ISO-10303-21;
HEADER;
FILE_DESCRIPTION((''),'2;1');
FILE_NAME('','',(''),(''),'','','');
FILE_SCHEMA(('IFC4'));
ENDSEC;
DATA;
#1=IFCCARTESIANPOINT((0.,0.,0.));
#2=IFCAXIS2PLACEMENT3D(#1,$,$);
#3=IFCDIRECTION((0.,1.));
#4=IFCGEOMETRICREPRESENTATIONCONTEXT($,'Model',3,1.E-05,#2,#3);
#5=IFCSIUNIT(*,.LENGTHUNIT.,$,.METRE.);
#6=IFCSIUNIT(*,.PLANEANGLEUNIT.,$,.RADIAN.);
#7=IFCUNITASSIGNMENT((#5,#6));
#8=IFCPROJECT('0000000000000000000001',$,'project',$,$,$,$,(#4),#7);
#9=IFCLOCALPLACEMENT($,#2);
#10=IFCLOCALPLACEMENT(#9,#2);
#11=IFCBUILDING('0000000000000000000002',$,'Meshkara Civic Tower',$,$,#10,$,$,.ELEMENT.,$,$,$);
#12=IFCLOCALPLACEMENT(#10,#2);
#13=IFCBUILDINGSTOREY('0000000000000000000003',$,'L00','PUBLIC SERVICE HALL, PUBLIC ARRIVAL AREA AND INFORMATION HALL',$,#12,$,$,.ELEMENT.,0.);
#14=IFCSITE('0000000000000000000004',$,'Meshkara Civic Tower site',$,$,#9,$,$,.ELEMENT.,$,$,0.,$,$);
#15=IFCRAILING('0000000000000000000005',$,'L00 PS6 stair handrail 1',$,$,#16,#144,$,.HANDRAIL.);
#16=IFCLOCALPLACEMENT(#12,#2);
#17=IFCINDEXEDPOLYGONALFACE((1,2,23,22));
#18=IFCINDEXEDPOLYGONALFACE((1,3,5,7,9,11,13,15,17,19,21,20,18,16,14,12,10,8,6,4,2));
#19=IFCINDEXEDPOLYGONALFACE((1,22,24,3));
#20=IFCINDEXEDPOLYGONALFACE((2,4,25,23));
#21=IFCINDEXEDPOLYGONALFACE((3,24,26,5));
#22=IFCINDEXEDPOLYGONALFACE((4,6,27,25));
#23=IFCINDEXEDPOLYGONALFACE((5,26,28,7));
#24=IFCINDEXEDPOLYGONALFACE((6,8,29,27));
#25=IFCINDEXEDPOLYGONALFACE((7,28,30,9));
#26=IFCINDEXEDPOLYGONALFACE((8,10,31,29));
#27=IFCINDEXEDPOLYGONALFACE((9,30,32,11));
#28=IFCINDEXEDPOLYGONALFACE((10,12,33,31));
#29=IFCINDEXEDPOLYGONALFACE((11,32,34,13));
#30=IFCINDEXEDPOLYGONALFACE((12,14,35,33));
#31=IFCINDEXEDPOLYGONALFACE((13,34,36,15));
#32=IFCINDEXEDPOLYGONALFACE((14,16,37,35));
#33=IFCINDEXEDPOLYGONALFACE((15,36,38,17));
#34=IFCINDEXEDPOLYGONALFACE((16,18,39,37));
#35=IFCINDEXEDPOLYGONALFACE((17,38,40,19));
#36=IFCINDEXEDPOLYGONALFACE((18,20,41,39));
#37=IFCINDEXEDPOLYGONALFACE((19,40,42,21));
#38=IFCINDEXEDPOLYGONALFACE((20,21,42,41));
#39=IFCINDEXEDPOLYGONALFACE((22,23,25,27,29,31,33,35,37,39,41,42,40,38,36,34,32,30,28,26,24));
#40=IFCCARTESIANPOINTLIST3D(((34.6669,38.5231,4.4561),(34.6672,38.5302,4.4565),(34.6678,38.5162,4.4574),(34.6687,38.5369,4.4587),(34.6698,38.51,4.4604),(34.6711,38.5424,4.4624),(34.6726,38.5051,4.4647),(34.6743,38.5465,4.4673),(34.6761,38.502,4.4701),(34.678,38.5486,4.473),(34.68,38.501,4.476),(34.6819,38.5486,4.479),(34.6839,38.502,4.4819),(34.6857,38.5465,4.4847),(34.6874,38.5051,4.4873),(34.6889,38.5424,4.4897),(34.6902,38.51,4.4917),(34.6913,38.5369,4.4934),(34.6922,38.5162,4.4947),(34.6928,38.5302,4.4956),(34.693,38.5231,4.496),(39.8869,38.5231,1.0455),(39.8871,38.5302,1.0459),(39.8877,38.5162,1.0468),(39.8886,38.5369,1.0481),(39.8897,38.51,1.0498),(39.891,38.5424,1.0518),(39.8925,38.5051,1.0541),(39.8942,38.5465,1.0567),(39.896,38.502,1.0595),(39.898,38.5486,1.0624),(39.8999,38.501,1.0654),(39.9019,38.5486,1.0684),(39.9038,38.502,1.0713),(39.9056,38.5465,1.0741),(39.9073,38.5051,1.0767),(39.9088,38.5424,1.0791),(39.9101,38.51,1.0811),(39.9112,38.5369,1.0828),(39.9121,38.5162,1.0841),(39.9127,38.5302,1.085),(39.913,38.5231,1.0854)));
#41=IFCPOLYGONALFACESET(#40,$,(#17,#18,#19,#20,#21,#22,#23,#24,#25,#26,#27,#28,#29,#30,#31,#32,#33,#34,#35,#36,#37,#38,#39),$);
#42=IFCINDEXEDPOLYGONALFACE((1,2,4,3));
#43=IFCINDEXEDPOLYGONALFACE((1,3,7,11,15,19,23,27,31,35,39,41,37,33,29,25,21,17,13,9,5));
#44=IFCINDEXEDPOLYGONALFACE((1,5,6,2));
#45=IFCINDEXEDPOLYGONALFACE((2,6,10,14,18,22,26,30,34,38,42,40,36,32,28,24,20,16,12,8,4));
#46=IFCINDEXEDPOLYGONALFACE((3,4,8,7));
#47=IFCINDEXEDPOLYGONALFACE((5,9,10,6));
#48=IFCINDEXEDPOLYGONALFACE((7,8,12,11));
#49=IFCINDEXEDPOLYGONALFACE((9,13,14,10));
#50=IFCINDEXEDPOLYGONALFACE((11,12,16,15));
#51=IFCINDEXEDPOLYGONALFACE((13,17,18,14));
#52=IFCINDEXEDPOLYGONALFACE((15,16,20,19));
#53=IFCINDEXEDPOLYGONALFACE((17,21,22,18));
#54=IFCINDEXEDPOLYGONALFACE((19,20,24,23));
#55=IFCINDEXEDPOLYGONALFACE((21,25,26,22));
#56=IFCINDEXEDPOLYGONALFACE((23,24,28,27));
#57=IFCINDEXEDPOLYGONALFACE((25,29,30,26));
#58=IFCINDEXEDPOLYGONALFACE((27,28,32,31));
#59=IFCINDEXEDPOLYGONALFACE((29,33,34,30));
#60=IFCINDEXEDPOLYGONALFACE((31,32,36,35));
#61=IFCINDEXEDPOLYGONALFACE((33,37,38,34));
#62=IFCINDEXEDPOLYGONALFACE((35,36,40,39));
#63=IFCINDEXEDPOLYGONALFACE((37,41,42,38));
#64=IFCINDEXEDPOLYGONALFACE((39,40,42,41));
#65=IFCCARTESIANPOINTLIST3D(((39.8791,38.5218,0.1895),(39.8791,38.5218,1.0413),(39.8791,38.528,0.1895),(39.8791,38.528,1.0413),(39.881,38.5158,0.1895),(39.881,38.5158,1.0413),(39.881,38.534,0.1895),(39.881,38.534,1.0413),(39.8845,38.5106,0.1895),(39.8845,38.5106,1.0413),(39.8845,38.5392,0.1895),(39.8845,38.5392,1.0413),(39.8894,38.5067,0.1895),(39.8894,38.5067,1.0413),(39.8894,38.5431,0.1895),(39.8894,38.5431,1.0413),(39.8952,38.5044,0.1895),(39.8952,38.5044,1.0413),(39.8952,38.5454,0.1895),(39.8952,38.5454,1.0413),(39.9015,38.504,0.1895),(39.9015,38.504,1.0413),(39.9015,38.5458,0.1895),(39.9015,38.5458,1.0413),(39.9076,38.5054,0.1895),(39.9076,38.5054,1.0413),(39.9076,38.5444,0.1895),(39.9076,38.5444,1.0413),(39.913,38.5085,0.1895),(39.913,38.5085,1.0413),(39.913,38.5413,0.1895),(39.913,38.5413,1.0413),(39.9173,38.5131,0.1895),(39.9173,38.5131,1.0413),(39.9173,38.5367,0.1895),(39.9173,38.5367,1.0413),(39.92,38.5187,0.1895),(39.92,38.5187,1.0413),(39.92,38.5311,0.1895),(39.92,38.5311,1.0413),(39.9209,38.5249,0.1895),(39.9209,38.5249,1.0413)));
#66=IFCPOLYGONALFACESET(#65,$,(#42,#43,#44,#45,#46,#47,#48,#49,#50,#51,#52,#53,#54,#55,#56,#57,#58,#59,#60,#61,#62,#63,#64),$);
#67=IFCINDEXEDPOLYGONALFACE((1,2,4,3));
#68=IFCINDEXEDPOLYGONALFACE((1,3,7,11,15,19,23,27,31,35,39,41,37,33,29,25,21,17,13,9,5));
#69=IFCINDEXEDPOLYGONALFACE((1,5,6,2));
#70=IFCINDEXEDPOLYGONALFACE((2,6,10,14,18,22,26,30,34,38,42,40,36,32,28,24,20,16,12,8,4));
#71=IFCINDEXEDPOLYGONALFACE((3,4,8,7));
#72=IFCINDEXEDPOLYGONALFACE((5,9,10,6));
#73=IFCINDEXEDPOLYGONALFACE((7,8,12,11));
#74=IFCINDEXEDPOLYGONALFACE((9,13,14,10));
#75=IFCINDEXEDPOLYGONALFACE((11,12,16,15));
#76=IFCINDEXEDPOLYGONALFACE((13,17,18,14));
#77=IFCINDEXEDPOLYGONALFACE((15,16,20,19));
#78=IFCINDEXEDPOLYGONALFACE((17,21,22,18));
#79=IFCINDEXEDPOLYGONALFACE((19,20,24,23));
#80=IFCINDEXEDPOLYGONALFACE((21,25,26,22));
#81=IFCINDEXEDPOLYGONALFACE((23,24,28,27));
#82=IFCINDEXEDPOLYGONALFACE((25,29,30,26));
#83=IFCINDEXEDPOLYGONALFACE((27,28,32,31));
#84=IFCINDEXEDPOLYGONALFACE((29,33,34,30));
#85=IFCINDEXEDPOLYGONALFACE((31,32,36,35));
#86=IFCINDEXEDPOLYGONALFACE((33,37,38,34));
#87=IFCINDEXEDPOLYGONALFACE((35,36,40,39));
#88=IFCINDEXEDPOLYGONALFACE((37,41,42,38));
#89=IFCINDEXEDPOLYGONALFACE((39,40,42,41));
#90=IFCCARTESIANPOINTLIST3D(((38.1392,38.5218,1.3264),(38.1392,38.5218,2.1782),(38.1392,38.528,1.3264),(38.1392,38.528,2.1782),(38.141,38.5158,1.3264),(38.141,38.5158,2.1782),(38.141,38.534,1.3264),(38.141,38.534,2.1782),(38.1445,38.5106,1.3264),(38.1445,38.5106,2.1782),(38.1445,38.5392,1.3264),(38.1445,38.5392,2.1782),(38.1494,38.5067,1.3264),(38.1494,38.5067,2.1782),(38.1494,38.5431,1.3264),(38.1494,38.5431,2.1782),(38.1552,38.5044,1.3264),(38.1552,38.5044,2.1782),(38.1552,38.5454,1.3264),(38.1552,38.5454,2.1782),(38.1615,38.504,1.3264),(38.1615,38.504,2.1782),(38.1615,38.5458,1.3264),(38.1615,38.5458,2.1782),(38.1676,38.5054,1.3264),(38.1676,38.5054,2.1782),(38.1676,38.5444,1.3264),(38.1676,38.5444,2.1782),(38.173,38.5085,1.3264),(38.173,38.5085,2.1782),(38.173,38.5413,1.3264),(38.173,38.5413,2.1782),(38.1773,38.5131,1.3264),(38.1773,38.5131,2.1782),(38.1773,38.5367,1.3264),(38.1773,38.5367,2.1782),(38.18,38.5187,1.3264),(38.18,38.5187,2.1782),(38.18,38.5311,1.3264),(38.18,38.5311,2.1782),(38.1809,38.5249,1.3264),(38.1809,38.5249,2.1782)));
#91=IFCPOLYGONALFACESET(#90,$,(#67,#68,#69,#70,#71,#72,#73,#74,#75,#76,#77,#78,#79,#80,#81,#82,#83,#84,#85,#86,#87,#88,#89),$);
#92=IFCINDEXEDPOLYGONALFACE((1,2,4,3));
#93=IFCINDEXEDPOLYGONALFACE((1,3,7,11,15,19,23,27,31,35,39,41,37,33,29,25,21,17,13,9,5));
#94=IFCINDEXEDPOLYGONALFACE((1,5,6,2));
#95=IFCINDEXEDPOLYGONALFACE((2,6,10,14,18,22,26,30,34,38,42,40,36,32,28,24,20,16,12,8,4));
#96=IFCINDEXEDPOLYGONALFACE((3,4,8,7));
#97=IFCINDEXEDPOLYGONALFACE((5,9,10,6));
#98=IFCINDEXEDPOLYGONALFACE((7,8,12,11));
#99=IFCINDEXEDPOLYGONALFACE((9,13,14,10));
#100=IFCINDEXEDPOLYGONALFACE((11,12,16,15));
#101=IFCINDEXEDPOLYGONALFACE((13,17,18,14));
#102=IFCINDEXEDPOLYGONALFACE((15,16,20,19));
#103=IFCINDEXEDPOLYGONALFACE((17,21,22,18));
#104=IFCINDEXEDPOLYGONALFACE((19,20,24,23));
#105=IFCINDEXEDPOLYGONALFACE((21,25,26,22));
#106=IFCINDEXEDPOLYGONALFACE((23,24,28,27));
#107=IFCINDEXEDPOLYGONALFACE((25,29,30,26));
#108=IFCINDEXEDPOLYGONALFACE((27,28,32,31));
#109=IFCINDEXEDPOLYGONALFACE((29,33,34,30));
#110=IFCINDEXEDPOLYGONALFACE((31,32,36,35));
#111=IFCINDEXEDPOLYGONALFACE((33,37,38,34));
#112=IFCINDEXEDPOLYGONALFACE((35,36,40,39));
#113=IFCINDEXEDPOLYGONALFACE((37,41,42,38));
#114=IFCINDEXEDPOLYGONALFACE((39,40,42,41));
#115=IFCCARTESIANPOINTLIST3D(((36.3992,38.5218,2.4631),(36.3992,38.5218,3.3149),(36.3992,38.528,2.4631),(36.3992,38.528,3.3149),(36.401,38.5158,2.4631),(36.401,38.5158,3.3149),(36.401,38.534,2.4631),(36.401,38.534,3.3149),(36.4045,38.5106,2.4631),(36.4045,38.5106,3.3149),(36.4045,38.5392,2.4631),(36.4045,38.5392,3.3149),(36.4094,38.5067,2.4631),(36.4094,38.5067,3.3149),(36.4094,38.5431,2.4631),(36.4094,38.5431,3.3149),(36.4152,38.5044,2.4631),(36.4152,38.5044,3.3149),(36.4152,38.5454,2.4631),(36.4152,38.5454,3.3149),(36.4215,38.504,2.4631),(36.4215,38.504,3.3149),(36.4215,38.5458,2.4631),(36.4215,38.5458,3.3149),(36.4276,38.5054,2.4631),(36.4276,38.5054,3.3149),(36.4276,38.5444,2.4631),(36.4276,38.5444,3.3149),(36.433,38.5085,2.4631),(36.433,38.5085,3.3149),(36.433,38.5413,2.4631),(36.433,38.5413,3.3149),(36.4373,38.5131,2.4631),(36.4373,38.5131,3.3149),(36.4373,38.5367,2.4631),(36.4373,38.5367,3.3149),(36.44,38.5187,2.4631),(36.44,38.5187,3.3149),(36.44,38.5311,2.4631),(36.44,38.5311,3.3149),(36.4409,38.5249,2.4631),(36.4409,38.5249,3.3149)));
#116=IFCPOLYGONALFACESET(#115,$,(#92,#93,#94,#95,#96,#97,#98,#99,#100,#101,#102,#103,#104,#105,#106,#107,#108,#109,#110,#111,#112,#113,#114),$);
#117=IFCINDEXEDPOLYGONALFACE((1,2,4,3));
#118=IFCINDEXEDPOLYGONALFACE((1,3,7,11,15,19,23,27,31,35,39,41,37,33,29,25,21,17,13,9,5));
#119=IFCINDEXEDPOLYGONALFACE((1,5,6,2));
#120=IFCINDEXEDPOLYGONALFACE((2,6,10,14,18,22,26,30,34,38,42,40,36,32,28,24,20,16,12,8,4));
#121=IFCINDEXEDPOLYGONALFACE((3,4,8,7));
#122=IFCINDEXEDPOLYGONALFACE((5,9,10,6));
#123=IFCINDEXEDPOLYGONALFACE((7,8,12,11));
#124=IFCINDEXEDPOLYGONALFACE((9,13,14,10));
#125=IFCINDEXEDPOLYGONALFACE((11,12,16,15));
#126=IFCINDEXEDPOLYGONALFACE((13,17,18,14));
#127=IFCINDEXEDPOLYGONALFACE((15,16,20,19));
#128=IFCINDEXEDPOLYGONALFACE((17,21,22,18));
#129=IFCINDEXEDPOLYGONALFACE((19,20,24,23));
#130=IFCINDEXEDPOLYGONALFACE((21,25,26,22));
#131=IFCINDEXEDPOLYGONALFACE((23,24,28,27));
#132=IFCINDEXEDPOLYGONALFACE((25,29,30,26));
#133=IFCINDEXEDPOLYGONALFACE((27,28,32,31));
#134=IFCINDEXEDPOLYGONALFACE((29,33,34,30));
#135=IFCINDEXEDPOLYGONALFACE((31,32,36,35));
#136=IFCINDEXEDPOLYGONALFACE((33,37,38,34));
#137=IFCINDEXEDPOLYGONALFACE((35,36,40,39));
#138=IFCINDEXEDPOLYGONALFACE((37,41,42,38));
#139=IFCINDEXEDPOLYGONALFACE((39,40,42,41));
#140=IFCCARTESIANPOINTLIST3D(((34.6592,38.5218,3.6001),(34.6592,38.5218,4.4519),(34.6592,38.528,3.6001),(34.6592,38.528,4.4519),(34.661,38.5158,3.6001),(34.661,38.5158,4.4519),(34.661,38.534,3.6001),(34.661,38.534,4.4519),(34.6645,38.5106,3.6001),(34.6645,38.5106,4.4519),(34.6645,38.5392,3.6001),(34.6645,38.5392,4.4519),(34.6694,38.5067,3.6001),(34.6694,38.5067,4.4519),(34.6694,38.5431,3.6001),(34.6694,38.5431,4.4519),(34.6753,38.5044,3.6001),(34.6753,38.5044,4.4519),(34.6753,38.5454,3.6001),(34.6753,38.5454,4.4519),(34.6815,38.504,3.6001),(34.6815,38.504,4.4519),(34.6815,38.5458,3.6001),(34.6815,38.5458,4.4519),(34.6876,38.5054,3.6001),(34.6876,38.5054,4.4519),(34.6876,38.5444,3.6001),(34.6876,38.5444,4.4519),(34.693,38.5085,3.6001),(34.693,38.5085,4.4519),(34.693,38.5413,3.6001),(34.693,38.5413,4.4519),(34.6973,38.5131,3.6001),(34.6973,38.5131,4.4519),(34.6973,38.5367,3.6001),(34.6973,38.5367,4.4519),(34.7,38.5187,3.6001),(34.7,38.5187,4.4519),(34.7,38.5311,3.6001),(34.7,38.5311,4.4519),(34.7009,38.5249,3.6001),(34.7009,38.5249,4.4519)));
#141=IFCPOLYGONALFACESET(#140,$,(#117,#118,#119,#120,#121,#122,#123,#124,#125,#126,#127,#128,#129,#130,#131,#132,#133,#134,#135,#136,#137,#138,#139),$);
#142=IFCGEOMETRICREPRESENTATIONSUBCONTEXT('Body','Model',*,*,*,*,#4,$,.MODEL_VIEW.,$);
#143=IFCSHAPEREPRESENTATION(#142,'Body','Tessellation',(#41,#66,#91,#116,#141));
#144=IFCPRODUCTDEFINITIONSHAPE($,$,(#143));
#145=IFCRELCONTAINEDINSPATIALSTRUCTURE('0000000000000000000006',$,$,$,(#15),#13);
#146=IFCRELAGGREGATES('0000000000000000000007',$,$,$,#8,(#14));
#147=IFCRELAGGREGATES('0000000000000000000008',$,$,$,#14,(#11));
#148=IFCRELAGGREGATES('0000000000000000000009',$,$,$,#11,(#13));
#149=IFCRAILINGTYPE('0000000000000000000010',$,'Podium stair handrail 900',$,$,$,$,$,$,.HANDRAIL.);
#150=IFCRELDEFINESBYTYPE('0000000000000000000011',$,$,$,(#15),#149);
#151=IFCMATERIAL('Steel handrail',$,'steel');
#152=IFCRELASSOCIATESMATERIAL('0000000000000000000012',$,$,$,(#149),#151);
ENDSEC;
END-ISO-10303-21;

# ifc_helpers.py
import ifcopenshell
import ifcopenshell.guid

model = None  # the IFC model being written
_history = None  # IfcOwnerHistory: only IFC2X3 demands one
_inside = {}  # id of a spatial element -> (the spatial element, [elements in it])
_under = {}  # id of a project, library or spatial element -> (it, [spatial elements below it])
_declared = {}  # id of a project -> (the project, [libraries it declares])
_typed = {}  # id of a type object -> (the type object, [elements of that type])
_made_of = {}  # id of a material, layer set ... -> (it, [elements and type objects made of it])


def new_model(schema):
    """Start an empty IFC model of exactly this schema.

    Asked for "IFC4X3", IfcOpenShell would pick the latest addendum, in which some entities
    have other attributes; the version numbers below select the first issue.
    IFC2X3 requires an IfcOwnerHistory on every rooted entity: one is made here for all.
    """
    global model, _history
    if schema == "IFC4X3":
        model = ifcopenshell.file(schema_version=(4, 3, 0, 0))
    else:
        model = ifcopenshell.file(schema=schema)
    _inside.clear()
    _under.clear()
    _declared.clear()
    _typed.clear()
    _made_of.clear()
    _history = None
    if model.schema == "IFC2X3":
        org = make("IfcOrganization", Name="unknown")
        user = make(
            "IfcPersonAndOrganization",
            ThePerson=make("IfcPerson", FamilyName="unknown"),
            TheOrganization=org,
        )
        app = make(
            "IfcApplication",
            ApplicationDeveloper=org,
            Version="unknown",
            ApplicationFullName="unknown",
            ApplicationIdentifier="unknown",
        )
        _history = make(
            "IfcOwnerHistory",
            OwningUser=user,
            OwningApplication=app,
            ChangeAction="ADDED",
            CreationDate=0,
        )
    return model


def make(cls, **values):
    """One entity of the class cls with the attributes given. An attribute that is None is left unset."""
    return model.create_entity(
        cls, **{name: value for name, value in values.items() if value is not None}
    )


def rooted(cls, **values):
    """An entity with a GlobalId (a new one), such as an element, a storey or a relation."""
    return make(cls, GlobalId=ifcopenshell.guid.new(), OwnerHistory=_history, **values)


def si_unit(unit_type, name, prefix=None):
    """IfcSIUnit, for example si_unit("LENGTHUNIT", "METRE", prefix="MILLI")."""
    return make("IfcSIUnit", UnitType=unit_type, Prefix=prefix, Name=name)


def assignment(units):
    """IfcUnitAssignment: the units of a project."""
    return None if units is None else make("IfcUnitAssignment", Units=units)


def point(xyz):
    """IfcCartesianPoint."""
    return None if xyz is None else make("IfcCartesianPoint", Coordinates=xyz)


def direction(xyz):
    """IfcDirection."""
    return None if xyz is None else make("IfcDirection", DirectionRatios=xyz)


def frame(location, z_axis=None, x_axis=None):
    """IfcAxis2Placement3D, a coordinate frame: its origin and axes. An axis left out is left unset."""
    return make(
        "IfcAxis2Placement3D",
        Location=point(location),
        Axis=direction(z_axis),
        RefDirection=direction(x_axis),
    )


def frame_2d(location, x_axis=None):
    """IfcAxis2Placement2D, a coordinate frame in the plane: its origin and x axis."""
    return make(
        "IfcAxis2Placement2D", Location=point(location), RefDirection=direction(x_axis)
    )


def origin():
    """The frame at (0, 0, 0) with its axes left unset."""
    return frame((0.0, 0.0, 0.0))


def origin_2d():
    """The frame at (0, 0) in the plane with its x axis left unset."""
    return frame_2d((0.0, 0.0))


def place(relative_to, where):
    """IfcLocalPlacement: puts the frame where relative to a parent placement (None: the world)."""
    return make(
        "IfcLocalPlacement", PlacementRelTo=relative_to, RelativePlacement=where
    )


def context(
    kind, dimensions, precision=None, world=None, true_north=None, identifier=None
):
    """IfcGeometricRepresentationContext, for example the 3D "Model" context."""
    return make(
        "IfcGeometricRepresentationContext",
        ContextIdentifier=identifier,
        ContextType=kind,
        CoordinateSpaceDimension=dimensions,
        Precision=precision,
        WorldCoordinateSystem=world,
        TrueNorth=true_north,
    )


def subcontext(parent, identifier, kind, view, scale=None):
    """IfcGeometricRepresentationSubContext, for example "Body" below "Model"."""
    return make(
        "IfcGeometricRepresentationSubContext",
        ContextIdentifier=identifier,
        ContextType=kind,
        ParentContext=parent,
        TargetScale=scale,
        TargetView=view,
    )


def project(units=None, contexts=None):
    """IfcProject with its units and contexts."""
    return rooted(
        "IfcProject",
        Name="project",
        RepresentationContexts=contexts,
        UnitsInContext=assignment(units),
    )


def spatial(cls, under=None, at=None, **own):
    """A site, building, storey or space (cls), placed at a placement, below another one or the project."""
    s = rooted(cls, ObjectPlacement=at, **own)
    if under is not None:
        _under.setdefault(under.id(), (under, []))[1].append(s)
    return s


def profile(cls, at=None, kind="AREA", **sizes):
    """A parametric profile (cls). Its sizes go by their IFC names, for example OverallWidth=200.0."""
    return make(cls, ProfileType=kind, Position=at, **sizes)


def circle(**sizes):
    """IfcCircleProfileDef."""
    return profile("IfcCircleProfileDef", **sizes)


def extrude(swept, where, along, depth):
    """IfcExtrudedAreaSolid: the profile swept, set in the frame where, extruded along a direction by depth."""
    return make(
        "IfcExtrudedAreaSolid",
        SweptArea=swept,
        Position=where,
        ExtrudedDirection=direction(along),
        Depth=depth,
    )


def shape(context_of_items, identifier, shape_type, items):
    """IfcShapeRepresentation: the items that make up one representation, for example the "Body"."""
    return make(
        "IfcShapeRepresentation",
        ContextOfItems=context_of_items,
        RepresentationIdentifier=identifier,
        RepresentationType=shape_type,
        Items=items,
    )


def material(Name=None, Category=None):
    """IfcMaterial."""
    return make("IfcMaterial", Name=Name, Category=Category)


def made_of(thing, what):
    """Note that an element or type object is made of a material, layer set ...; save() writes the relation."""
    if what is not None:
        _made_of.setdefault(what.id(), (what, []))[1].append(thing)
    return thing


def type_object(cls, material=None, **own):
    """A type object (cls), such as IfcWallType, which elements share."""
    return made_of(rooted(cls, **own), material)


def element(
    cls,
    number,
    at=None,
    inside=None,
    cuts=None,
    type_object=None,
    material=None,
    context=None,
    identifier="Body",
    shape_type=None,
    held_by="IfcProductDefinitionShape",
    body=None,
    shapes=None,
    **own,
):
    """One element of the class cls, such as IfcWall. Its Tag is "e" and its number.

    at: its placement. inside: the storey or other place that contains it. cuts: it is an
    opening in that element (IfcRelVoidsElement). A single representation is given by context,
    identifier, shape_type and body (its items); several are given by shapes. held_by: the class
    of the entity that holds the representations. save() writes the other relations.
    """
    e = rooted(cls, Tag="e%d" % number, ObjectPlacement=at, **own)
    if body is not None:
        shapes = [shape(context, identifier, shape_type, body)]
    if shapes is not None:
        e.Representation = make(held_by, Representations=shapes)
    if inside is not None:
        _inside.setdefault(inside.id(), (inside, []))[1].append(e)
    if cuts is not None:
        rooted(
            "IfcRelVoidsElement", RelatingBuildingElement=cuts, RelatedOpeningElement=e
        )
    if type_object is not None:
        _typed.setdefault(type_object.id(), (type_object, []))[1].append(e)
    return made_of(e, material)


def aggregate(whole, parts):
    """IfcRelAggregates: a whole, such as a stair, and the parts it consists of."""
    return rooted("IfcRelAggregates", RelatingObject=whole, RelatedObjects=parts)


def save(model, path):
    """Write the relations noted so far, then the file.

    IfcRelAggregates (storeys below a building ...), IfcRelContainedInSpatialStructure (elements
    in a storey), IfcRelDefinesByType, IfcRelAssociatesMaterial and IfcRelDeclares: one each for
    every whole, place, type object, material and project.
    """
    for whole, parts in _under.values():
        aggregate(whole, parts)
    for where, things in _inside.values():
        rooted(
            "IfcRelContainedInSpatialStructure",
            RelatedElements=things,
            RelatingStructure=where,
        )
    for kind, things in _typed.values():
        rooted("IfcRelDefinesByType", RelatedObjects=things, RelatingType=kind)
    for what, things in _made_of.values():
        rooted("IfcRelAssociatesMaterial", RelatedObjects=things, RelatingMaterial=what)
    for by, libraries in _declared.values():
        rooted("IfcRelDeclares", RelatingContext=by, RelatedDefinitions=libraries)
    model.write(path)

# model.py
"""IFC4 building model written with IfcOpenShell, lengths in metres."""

from ifc_helpers import new_model, si_unit, direction, frame, origin, origin_2d, place, context, subcontext, project, spatial, circle, extrude, material, type_object, element, save


model = new_model("IFC4")

# Units and contexts
model_context = context("Model", 3, precision=1e-05, world=origin(), true_north=direction((0.0, 1.0)))
body_context = subcontext(model_context, "Body", "Model", "MODEL_VIEW")
ifc_project = project(units=[si_unit("LENGTHUNIT", "METRE"), si_unit("PLANEANGLEUNIT", "RADIAN")], contexts=[model_context])

# Site, building, storey
site_placement = place(None, origin())
site = spatial("IfcSite", under=ifc_project, at=site_placement, Name="Meshkara Civic Tower site", CompositionType="ELEMENT", RefElevation=0.0)
building_placement = place(site_placement, origin())
building = spatial("IfcBuilding", under=site, at=building_placement, Name="Meshkara Civic Tower", CompositionType="ELEMENT")
storey_placement = place(building_placement, origin())
storey = spatial("IfcBuildingStorey", under=building, at=storey_placement, Name="L00", Description="PUBLIC SERVICE HALL, PUBLIC ARRIVAL AREA AND INFORMATION HALL", CompositionType="ELEMENT", Elevation=0.0)

# Railing
ifc_material_1 = material(Name="Steel handrail", Category="steel")
railing_type_1 = type_object("IfcRailingType", Name="Podium stair handrail 900", PredefinedType="HANDRAIL", material=ifc_material_1)
railing_1_placement = place(storey_placement, frame((39.8999, 38.5249, 0.1895)))
element("IfcRailing", 1, at=railing_1_placement, inside=storey, type_object=railing_type_1, Name="L00 PS6 stair handrail 1", PredefinedType="HANDRAIL", context=body_context, shape_type="SweptSolid", body=[
    extrude(circle(Radius=0.0239, at=origin_2d()), frame((0.0, 0.0, 0.876), z_axis=(-0.837147, 0.0, 0.546978), x_axis=(0.0, -1.0, 0.0)), (0.0, 0.0, 1.0), 6.2354),
    extrude(circle(Radius=0.021, at=origin_2d()), origin(), (0.0, 0.0, 1.0), 0.8518),
    extrude(circle(Radius=0.021, at=origin_2d()), frame((-1.74, 0.0, 1.137)), (0.0, 0.0, 1.0), 0.8518),
    extrude(circle(Radius=0.021, at=origin_2d()), frame((-3.48, 0.0, 2.2737)), (0.0, 0.0, 1.0), 0.8518),
    extrude(circle(Radius=0.021, at=origin_2d()), frame((-5.22, 0.0, 3.4106)), (0.0, 0.0, 1.0), 0.8518),
])

save(model, "model.ifc")
